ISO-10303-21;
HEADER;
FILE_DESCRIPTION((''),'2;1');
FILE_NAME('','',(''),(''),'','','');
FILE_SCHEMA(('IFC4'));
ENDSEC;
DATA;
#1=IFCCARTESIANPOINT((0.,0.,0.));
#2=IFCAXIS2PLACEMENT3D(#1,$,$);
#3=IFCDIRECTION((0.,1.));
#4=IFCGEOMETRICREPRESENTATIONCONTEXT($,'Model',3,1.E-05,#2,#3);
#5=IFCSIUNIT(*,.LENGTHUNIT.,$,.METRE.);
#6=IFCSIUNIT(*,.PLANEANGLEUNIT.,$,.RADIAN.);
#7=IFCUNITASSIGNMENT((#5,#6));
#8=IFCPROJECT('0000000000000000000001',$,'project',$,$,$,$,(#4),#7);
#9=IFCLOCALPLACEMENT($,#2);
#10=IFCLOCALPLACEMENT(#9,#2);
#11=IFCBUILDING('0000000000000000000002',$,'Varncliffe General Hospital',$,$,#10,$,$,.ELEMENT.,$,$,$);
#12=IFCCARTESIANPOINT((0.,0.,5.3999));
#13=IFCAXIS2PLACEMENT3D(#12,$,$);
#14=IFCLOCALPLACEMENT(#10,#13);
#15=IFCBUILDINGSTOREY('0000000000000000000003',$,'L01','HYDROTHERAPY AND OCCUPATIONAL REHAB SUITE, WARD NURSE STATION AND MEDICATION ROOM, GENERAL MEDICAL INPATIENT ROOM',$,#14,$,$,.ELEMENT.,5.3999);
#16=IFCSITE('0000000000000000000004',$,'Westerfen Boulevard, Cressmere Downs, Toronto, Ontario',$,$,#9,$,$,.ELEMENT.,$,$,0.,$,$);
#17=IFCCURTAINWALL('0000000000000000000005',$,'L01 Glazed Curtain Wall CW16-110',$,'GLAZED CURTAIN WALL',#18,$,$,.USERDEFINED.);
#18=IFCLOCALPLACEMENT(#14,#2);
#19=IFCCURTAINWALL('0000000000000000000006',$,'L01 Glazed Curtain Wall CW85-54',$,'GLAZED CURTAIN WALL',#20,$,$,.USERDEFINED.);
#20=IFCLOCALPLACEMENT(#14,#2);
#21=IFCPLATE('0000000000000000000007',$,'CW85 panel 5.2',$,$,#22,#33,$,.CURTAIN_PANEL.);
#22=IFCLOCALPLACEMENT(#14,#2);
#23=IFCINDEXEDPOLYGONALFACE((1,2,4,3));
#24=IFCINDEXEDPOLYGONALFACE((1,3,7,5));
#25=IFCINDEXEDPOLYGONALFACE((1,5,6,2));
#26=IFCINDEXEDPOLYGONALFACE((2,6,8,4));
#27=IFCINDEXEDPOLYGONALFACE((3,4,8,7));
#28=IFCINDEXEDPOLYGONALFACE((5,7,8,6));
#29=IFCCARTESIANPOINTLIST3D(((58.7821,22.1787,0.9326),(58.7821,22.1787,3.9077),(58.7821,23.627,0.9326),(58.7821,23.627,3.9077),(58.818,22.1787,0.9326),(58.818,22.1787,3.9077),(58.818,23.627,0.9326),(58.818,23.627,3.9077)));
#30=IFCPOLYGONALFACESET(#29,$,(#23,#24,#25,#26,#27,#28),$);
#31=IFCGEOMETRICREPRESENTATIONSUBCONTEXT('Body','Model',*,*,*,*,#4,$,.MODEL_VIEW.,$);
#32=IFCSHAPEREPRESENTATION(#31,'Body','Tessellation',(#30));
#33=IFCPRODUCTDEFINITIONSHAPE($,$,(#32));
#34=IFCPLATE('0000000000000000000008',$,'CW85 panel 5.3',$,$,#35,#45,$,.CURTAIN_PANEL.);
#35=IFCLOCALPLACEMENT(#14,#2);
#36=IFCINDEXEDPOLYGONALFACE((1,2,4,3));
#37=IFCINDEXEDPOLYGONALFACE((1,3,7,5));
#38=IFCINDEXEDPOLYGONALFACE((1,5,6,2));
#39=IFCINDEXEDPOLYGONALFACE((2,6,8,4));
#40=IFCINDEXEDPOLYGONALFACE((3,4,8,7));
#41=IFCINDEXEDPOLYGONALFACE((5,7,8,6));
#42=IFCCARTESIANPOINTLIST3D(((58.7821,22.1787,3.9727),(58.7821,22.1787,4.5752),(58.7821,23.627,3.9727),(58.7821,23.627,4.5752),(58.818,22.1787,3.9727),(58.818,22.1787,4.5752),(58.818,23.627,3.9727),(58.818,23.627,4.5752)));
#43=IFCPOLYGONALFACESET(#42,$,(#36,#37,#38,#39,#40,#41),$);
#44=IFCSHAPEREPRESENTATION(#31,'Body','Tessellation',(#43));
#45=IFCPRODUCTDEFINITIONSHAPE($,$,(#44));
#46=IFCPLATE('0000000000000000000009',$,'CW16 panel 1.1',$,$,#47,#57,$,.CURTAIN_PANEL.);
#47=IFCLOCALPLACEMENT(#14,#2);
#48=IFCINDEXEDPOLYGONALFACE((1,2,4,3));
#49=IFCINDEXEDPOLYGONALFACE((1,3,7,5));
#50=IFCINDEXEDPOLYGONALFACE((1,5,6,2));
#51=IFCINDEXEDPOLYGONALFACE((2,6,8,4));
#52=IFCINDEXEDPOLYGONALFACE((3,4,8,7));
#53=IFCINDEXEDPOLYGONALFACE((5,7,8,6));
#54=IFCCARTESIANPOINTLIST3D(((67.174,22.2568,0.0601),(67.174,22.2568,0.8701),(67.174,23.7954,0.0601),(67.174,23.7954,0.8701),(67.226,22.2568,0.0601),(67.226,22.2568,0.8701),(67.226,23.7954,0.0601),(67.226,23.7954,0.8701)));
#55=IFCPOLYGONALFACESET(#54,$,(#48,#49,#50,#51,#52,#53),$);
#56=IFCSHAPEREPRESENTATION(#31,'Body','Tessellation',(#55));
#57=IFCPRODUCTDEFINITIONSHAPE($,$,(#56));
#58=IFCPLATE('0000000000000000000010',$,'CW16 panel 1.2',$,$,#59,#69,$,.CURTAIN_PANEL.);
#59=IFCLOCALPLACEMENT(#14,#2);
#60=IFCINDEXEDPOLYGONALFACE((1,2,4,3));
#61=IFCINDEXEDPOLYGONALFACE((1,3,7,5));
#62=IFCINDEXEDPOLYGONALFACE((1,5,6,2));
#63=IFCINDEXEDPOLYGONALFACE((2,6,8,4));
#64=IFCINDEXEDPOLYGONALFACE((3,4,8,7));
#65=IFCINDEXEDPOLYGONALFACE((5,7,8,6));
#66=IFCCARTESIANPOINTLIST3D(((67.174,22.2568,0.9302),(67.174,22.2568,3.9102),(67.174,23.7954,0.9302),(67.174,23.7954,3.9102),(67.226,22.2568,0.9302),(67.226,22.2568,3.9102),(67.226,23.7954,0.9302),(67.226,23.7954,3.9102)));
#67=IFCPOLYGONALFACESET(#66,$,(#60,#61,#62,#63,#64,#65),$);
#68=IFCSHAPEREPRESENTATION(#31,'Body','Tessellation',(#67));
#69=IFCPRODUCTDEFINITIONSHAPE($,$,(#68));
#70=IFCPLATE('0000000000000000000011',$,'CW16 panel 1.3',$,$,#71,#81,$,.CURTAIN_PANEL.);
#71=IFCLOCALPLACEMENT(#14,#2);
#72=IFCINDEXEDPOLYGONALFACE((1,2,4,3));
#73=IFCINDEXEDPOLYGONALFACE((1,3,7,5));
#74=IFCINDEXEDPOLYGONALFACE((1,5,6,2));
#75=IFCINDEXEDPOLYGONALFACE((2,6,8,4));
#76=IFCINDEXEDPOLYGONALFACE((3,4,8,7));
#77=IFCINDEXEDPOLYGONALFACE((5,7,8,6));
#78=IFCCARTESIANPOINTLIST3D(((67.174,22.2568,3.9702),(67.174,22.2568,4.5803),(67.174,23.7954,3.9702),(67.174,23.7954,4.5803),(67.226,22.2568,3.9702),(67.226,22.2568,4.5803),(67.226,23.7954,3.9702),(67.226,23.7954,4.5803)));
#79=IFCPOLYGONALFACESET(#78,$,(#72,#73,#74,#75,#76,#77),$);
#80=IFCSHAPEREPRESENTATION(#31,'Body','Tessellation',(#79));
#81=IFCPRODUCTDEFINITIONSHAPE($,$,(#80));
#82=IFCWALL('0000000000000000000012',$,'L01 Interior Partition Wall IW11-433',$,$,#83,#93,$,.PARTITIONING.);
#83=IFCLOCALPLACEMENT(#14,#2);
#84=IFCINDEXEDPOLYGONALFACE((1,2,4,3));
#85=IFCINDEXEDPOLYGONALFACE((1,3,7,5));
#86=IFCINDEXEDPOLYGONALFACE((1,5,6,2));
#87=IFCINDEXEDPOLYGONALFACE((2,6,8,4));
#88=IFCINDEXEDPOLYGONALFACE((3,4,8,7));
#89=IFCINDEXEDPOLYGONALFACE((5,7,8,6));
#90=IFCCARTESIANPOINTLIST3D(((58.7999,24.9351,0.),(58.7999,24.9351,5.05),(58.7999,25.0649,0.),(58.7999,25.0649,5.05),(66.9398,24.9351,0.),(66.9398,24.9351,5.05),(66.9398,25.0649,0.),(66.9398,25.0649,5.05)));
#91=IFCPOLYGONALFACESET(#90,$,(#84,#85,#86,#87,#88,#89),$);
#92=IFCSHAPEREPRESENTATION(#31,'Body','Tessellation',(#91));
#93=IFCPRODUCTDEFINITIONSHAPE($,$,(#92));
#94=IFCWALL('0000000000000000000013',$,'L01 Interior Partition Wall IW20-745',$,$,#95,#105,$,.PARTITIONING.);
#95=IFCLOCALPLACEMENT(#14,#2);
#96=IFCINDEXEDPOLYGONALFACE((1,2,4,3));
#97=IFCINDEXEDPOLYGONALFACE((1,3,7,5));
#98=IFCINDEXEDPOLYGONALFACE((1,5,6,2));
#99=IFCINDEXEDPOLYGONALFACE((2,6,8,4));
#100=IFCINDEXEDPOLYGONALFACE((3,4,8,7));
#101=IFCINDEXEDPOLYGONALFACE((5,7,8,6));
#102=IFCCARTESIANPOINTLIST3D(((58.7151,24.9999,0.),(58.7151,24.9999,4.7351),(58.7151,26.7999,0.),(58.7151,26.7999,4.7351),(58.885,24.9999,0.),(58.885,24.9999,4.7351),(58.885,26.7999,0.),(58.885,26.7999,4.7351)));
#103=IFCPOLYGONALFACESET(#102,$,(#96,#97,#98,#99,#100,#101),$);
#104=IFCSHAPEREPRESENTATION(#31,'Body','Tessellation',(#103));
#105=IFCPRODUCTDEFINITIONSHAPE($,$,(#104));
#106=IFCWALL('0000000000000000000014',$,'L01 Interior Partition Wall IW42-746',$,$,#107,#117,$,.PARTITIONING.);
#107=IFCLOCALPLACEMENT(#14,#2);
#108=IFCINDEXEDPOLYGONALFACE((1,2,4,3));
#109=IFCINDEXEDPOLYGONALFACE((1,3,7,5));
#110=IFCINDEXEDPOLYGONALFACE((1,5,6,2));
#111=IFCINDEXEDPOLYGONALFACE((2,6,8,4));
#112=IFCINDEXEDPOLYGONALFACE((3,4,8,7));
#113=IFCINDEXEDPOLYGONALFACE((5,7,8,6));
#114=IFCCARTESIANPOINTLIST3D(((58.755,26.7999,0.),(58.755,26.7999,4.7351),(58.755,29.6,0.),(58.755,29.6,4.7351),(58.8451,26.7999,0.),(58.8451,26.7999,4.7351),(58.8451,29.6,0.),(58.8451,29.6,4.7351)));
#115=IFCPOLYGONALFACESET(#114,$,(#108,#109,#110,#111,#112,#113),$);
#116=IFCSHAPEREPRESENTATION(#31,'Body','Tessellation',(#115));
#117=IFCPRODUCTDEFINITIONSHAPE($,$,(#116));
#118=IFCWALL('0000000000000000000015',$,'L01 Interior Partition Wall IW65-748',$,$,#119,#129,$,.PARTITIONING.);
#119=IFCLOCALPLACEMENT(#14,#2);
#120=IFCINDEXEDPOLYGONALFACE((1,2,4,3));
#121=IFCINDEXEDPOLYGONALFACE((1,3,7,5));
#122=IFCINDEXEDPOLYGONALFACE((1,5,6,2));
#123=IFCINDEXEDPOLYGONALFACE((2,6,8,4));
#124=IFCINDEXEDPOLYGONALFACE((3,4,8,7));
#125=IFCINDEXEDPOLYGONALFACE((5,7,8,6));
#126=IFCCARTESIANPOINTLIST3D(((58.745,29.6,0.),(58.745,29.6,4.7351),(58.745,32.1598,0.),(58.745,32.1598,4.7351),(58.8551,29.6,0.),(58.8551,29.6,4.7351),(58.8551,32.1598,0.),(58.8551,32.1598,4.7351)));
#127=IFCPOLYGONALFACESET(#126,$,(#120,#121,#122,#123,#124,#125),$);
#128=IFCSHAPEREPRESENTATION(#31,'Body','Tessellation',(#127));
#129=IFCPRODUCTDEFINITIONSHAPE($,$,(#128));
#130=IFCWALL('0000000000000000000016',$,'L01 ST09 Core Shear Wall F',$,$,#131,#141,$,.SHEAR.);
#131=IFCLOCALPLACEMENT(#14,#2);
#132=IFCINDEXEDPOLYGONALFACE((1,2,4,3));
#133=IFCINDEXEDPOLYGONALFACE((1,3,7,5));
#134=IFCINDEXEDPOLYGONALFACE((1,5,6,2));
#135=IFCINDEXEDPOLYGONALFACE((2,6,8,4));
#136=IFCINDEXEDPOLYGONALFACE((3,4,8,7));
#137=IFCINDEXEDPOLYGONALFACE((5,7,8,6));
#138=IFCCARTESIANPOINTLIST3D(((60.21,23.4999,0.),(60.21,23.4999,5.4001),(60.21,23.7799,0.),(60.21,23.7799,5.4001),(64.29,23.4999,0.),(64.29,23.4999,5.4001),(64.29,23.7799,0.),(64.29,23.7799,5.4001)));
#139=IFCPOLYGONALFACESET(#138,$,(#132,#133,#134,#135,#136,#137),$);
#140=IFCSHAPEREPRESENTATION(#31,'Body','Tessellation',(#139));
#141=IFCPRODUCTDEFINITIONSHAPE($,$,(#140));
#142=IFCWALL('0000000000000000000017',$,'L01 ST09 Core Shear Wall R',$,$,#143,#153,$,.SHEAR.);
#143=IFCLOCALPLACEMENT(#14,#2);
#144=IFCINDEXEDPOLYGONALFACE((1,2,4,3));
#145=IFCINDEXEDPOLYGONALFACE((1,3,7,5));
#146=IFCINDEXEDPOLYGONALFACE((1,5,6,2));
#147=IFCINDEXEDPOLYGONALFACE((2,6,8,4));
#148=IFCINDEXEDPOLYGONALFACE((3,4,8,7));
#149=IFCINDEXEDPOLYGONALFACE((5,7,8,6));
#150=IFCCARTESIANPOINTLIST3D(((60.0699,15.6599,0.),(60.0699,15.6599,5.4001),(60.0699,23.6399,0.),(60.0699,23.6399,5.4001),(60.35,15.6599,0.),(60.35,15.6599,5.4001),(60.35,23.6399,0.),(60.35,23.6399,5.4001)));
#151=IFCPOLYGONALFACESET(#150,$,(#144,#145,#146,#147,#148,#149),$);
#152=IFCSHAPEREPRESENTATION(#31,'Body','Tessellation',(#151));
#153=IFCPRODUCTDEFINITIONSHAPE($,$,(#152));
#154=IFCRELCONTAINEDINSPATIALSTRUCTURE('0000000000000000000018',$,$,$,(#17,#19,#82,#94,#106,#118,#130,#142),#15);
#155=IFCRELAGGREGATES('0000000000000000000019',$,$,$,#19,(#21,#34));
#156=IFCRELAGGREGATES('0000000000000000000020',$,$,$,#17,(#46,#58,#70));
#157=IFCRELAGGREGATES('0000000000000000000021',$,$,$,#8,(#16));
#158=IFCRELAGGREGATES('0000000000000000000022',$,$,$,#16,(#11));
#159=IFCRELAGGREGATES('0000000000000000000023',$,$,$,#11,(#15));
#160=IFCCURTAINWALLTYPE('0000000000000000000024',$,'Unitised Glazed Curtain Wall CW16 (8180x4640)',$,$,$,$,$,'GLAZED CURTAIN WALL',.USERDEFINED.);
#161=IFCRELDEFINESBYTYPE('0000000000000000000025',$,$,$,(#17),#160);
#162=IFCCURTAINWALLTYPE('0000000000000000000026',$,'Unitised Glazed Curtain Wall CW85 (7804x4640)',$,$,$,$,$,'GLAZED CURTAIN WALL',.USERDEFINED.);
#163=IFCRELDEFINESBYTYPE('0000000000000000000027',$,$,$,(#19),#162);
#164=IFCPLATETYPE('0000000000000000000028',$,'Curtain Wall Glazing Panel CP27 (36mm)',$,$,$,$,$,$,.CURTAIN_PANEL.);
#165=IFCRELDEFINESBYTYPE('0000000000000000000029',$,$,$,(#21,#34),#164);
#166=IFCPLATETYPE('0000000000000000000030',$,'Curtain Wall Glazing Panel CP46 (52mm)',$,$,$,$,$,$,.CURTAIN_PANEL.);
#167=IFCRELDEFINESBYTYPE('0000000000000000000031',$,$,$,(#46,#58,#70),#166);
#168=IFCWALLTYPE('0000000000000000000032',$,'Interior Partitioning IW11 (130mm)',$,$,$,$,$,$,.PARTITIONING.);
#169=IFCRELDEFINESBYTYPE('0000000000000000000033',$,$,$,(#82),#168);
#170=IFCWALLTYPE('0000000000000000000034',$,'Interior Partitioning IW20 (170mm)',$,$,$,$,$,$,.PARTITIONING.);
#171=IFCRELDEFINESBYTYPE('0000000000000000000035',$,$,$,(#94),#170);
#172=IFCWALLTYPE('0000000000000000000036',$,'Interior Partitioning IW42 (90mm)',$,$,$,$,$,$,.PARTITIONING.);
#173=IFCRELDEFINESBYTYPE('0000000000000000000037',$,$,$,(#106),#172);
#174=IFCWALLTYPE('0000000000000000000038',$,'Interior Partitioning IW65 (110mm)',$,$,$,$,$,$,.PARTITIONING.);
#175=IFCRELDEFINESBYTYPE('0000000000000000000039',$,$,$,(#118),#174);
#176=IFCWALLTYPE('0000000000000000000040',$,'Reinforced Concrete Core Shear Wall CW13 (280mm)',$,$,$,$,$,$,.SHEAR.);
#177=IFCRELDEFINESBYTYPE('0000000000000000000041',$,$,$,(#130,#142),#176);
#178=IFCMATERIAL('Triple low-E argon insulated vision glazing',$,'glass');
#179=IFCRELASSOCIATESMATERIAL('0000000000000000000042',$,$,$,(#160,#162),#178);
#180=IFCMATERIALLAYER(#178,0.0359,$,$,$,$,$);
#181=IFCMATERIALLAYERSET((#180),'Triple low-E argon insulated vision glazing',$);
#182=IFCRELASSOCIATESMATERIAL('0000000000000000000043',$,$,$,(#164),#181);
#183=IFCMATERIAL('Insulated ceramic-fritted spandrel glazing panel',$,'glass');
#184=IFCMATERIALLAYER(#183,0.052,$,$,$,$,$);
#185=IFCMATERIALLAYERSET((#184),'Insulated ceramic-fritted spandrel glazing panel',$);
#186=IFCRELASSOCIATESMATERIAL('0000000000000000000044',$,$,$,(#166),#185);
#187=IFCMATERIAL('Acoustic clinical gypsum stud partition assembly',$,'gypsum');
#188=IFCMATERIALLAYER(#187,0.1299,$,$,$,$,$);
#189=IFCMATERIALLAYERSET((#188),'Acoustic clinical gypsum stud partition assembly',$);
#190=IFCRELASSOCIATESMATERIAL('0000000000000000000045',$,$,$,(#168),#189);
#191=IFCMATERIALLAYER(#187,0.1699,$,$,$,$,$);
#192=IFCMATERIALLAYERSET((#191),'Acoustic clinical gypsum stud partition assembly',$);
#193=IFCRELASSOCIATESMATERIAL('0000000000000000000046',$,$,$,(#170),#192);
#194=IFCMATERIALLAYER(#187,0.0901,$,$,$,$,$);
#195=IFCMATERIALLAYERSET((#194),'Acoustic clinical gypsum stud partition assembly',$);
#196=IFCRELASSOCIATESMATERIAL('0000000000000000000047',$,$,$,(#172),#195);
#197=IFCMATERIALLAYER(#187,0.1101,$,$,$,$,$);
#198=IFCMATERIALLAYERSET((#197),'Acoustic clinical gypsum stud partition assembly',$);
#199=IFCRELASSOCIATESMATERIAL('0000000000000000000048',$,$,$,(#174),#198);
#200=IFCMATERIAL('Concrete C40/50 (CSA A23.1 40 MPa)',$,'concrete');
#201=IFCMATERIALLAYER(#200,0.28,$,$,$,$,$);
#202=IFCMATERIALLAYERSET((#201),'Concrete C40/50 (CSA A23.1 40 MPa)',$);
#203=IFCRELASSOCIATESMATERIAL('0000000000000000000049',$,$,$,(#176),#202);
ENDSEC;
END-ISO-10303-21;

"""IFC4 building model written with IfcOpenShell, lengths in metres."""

from ifc_helpers import new_model, si_unit, direction, frame, frame_2d, origin, origin_2d, place, context, subcontext, project, spatial, rectangle, extrude, material, layer, layer_set, type_object, element, aggregate, save


model = new_model("IFC4")

# Units and contexts
model_context = context("Model", 3, precision=1e-05, world=origin(), true_north=direction((0.0, 1.0)))
body_context = subcontext(model_context, "Body", "Model", "MODEL_VIEW")
ifc_project = project(units=[si_unit("LENGTHUNIT", "METRE"), si_unit("PLANEANGLEUNIT", "RADIAN")], contexts=[model_context])

# Site, building, storey
site_placement = place(None, origin())
site = spatial("IfcSite", under=ifc_project, at=site_placement, Name="Westerfen Boulevard, Cressmere Downs, Toronto, Ontario", CompositionType="ELEMENT", RefElevation=0.0)
building_placement = place(site_placement, origin())
building = spatial("IfcBuilding", under=site, at=building_placement, Name="Varncliffe General Hospital", CompositionType="ELEMENT")
storey_placement = place(building_placement, frame((0.0, 0.0, 5.3999)))
storey = spatial("IfcBuildingStorey", under=building, at=storey_placement, Name="L01", Description="HYDROTHERAPY AND OCCUPATIONAL REHAB SUITE, WARD NURSE STATION AND MEDICATION ROOM, GENERAL MEDICAL INPATIENT ROOM", CompositionType="ELEMENT", Elevation=5.3999)

# Shared definitions
ifc_material_1 = material(Name="Concrete C40/50 (CSA A23.1 40 MPa)", Category="concrete")

# Shared definitions
ifc_material_2 = material(Name="Triple low-E argon insulated vision glazing", Category="glass")

# Curtain walls
curtain_wall_type_1 = type_object("IfcCurtainWallType", Name="Unitised Glazed Curtain Wall CW16 (8180x4640)", ElementType="GLAZED CURTAIN WALL", PredefinedType="USERDEFINED", material=ifc_material_2)
curtain_wall_1_placement = place(storey_placement, origin())
curtain_wall_1 = element("IfcCurtainWall", 1, at=curtain_wall_1_placement, inside=storey, type_object=curtain_wall_type_1, Name="L01 Glazed Curtain Wall CW16-110", ObjectType="GLAZED CURTAIN WALL", PredefinedType="USERDEFINED")
curtain_wall_type_2 = type_object("IfcCurtainWallType", Name="Unitised Glazed Curtain Wall CW85 (7804x4640)", ElementType="GLAZED CURTAIN WALL", PredefinedType="USERDEFINED", material=ifc_material_2)
curtain_wall_2_placement = place(storey_placement, origin())
curtain_wall_2 = element("IfcCurtainWall", 2, at=curtain_wall_2_placement, inside=storey, type_object=curtain_wall_type_2, Name="L01 Glazed Curtain Wall CW85-54", ObjectType="GLAZED CURTAIN WALL", PredefinedType="USERDEFINED")

# Plates
ifc_layer_1 = layer(ifc_material_2, 0.0359)
ifc_layer_set_1 = layer_set([ifc_layer_1], Name="Triple low-E argon insulated vision glazing")
plate_type_1 = type_object("IfcPlateType", Name="Curtain Wall Glazing Panel CP27 (36mm)", PredefinedType="CURTAIN_PANEL", material=ifc_layer_set_1)
plate_1_placement = place(storey_placement, frame((58.8, 22.9028, 0.9326), z_axis=(0.0, 0.0, 1.0), x_axis=(0.0, 1.0, 0.0)))
plate_1 = element("IfcPlate", 3, at=plate_1_placement, type_object=plate_type_1, Name="CW85 panel 5.2", PredefinedType="CURTAIN_PANEL", context=body_context, shape_type="SweptSolid", body=[
    extrude(rectangle(XDim=1.4482, YDim=0.0359, at=origin_2d()), origin(), (0.0, 0.0, 1.0), 2.9751),
])
plate_2_placement = place(storey_placement, frame((58.8, 22.9028, 3.9727), z_axis=(0.0, 0.0, 1.0), x_axis=(0.0, 1.0, 0.0)))
plate_2 = element("IfcPlate", 4, at=plate_2_placement, type_object=plate_type_1, Name="CW85 panel 5.3", PredefinedType="CURTAIN_PANEL", context=body_context, shape_type="SweptSolid", body=[
    extrude(rectangle(XDim=1.4482, YDim=0.0359, at=origin_2d()), origin(), (0.0, 0.0, 1.0), 0.6025),
])
aggregate(curtain_wall_2, [plate_1, plate_2])
ifc_material_3 = material(Name="Insulated ceramic-fritted spandrel glazing panel", Category="glass")
ifc_layer_2 = layer(ifc_material_3, 0.052)
ifc_layer_set_2 = layer_set([ifc_layer_2], Name="Insulated ceramic-fritted spandrel glazing panel")
plate_type_2 = type_object("IfcPlateType", Name="Curtain Wall Glazing Panel CP46 (52mm)", PredefinedType="CURTAIN_PANEL", material=ifc_layer_set_2)
plate_3_placement = place(storey_placement, frame((67.2, 23.0261, 0.0601), z_axis=(0.0, 0.0, 1.0), x_axis=(0.0, -1.0, 0.0)))
plate_3 = element("IfcPlate", 5, at=plate_3_placement, type_object=plate_type_2, Name="CW16 panel 1.1", PredefinedType="CURTAIN_PANEL", context=body_context, shape_type="SweptSolid", body=[
    extrude(rectangle(XDim=1.5386, YDim=0.052, at=origin_2d()), origin(), (0.0, 0.0, 1.0), 0.8101),
])
plate_4_placement = place(storey_placement, frame((67.2, 23.0261, 0.9302), z_axis=(0.0, 0.0, 1.0), x_axis=(0.0, -1.0, 0.0)))
plate_4 = element("IfcPlate", 6, at=plate_4_placement, type_object=plate_type_2, Name="CW16 panel 1.2", PredefinedType="CURTAIN_PANEL", context=body_context, shape_type="SweptSolid", body=[
    extrude(rectangle(XDim=1.5386, YDim=0.052, at=origin_2d()), origin(), (0.0, 0.0, 1.0), 2.98),
])
plate_5_placement = place(storey_placement, frame((67.2, 23.0261, 3.9702), z_axis=(0.0, 0.0, 1.0), x_axis=(0.0, -1.0, 0.0)))
plate_5 = element("IfcPlate", 7, at=plate_5_placement, type_object=plate_type_2, Name="CW16 panel 1.3", PredefinedType="CURTAIN_PANEL", context=body_context, shape_type="SweptSolid", body=[
    extrude(rectangle(XDim=1.5386, YDim=0.052, at=origin_2d()), origin(), (0.0, 0.0, 1.0), 0.6101),
])
aggregate(curtain_wall_1, [plate_3, plate_4, plate_5])

# Walls
ifc_material_4 = material(Name="Acoustic clinical gypsum stud partition assembly", Category="gypsum")
ifc_layer_3 = layer(ifc_material_4, 0.1299)
ifc_layer_set_3 = layer_set([ifc_layer_3], Name="Acoustic clinical gypsum stud partition assembly")
wall_type_1 = type_object("IfcWallType", Name="Interior Partitioning IW11 (130mm)", PredefinedType="PARTITIONING", material=ifc_layer_set_3)
wall_1_placement = place(storey_placement, frame((58.8, 25.0, 0.0), z_axis=(0.0, 0.0, 1.0), x_axis=(1.0, 0.0, 0.0)))
element("IfcWall", 8, at=wall_1_placement, inside=storey, type_object=wall_type_1, Name="L01 Interior Partition Wall IW11-433", PredefinedType="PARTITIONING", context=body_context, shape_type="SweptSolid", body=[
    extrude(rectangle(XDim=8.1399, YDim=0.1299, at=frame_2d((4.0698, 0.0))), origin(), (0.0, 0.0, 1.0), 5.05),
])
ifc_layer_4 = layer(ifc_material_4, 0.1699)
ifc_layer_set_4 = layer_set([ifc_layer_4], Name="Acoustic clinical gypsum stud partition assembly")
wall_type_2 = type_object("IfcWallType", Name="Interior Partitioning IW20 (170mm)", PredefinedType="PARTITIONING", material=ifc_layer_set_4)
wall_2_placement = place(storey_placement, frame((58.8, 25.0, 0.0), z_axis=(0.0, 0.0, 1.0), x_axis=(0.0, 1.0, 0.0)))
element("IfcWall", 9, at=wall_2_placement, inside=storey, type_object=wall_type_2, Name="L01 Interior Partition Wall IW20-745", PredefinedType="PARTITIONING", context=body_context, shape_type="SweptSolid", body=[
    extrude(rectangle(XDim=1.8, YDim=0.1699, at=frame_2d((0.8999, 0.0))), origin(), (0.0, 0.0, 1.0), 4.7351),
])
ifc_layer_5 = layer(ifc_material_4, 0.0901)
ifc_layer_set_5 = layer_set([ifc_layer_5], Name="Acoustic clinical gypsum stud partition assembly")
wall_type_3 = type_object("IfcWallType", Name="Interior Partitioning IW42 (90mm)", PredefinedType="PARTITIONING", material=ifc_layer_set_5)
wall_3_placement = place(storey_placement, frame((58.8, 26.8, 0.0), z_axis=(0.0, 0.0, 1.0), x_axis=(0.0, 1.0, 0.0)))
element("IfcWall", 10, at=wall_3_placement, inside=storey, type_object=wall_type_3, Name="L01 Interior Partition Wall IW42-746", PredefinedType="PARTITIONING", context=body_context, shape_type="SweptSolid", body=[
    extrude(rectangle(XDim=2.8, YDim=0.0901, at=frame_2d((1.3999, 0.0))), origin(), (0.0, 0.0, 1.0), 4.7351),
])
ifc_layer_6 = layer(ifc_material_4, 0.1101)
ifc_layer_set_6 = layer_set([ifc_layer_6], Name="Acoustic clinical gypsum stud partition assembly")
wall_type_4 = type_object("IfcWallType", Name="Interior Partitioning IW65 (110mm)", PredefinedType="PARTITIONING", material=ifc_layer_set_6)
wall_4_placement = place(storey_placement, frame((58.8, 29.6001, 0.0), z_axis=(0.0, 0.0, 1.0), x_axis=(0.0, 1.0, 0.0)))
element("IfcWall", 11, at=wall_4_placement, inside=storey, type_object=wall_type_4, Name="L01 Interior Partition Wall IW65-748", PredefinedType="PARTITIONING", context=body_context, shape_type="SweptSolid", body=[
    extrude(rectangle(XDim=2.5598, YDim=0.1101, at=frame_2d((1.2798, 0.0))), origin(), (0.0, 0.0, 1.0), 4.7351),
])
ifc_layer_7 = layer(ifc_material_1, 0.28)
ifc_layer_set_7 = layer_set([ifc_layer_7], Name="Concrete C40/50 (CSA A23.1 40 MPa)")
wall_type_5 = type_object("IfcWallType", Name="Reinforced Concrete Core Shear Wall CW13 (280mm)", PredefinedType="SHEAR", material=ifc_layer_set_7)
wall_5_placement = place(storey_placement, frame((64.29, 23.6399, 0.0), z_axis=(0.0, 0.0, 1.0), x_axis=(-1.0, 0.0, 0.0)))
element("IfcWall", 12, at=wall_5_placement, inside=storey, type_object=wall_type_5, Name="L01 ST09 Core Shear Wall F", PredefinedType="SHEAR", context=body_context, shape_type="SweptSolid", body=[
    extrude(rectangle(XDim=4.0801, YDim=0.28, at=frame_2d((2.04, 0.0))), origin(), (0.0, 0.0, 1.0), 5.4001),
])
wall_6_placement = place(storey_placement, frame((60.21, 23.6399, 0.0), z_axis=(0.0, 0.0, 1.0), x_axis=(0.0, -1.0, 0.0)))
element("IfcWall", 13, at=wall_6_placement, inside=storey, type_object=wall_type_5, Name="L01 ST09 Core Shear Wall R", PredefinedType="SHEAR", context=body_context, shape_type="SweptSolid", body=[
    extrude(rectangle(XDim=7.98, YDim=0.28, at=frame_2d((3.99, 0.0))), origin(), (0.0, 0.0, 1.0), 5.4001),
])

save(model, "model.ifc")
